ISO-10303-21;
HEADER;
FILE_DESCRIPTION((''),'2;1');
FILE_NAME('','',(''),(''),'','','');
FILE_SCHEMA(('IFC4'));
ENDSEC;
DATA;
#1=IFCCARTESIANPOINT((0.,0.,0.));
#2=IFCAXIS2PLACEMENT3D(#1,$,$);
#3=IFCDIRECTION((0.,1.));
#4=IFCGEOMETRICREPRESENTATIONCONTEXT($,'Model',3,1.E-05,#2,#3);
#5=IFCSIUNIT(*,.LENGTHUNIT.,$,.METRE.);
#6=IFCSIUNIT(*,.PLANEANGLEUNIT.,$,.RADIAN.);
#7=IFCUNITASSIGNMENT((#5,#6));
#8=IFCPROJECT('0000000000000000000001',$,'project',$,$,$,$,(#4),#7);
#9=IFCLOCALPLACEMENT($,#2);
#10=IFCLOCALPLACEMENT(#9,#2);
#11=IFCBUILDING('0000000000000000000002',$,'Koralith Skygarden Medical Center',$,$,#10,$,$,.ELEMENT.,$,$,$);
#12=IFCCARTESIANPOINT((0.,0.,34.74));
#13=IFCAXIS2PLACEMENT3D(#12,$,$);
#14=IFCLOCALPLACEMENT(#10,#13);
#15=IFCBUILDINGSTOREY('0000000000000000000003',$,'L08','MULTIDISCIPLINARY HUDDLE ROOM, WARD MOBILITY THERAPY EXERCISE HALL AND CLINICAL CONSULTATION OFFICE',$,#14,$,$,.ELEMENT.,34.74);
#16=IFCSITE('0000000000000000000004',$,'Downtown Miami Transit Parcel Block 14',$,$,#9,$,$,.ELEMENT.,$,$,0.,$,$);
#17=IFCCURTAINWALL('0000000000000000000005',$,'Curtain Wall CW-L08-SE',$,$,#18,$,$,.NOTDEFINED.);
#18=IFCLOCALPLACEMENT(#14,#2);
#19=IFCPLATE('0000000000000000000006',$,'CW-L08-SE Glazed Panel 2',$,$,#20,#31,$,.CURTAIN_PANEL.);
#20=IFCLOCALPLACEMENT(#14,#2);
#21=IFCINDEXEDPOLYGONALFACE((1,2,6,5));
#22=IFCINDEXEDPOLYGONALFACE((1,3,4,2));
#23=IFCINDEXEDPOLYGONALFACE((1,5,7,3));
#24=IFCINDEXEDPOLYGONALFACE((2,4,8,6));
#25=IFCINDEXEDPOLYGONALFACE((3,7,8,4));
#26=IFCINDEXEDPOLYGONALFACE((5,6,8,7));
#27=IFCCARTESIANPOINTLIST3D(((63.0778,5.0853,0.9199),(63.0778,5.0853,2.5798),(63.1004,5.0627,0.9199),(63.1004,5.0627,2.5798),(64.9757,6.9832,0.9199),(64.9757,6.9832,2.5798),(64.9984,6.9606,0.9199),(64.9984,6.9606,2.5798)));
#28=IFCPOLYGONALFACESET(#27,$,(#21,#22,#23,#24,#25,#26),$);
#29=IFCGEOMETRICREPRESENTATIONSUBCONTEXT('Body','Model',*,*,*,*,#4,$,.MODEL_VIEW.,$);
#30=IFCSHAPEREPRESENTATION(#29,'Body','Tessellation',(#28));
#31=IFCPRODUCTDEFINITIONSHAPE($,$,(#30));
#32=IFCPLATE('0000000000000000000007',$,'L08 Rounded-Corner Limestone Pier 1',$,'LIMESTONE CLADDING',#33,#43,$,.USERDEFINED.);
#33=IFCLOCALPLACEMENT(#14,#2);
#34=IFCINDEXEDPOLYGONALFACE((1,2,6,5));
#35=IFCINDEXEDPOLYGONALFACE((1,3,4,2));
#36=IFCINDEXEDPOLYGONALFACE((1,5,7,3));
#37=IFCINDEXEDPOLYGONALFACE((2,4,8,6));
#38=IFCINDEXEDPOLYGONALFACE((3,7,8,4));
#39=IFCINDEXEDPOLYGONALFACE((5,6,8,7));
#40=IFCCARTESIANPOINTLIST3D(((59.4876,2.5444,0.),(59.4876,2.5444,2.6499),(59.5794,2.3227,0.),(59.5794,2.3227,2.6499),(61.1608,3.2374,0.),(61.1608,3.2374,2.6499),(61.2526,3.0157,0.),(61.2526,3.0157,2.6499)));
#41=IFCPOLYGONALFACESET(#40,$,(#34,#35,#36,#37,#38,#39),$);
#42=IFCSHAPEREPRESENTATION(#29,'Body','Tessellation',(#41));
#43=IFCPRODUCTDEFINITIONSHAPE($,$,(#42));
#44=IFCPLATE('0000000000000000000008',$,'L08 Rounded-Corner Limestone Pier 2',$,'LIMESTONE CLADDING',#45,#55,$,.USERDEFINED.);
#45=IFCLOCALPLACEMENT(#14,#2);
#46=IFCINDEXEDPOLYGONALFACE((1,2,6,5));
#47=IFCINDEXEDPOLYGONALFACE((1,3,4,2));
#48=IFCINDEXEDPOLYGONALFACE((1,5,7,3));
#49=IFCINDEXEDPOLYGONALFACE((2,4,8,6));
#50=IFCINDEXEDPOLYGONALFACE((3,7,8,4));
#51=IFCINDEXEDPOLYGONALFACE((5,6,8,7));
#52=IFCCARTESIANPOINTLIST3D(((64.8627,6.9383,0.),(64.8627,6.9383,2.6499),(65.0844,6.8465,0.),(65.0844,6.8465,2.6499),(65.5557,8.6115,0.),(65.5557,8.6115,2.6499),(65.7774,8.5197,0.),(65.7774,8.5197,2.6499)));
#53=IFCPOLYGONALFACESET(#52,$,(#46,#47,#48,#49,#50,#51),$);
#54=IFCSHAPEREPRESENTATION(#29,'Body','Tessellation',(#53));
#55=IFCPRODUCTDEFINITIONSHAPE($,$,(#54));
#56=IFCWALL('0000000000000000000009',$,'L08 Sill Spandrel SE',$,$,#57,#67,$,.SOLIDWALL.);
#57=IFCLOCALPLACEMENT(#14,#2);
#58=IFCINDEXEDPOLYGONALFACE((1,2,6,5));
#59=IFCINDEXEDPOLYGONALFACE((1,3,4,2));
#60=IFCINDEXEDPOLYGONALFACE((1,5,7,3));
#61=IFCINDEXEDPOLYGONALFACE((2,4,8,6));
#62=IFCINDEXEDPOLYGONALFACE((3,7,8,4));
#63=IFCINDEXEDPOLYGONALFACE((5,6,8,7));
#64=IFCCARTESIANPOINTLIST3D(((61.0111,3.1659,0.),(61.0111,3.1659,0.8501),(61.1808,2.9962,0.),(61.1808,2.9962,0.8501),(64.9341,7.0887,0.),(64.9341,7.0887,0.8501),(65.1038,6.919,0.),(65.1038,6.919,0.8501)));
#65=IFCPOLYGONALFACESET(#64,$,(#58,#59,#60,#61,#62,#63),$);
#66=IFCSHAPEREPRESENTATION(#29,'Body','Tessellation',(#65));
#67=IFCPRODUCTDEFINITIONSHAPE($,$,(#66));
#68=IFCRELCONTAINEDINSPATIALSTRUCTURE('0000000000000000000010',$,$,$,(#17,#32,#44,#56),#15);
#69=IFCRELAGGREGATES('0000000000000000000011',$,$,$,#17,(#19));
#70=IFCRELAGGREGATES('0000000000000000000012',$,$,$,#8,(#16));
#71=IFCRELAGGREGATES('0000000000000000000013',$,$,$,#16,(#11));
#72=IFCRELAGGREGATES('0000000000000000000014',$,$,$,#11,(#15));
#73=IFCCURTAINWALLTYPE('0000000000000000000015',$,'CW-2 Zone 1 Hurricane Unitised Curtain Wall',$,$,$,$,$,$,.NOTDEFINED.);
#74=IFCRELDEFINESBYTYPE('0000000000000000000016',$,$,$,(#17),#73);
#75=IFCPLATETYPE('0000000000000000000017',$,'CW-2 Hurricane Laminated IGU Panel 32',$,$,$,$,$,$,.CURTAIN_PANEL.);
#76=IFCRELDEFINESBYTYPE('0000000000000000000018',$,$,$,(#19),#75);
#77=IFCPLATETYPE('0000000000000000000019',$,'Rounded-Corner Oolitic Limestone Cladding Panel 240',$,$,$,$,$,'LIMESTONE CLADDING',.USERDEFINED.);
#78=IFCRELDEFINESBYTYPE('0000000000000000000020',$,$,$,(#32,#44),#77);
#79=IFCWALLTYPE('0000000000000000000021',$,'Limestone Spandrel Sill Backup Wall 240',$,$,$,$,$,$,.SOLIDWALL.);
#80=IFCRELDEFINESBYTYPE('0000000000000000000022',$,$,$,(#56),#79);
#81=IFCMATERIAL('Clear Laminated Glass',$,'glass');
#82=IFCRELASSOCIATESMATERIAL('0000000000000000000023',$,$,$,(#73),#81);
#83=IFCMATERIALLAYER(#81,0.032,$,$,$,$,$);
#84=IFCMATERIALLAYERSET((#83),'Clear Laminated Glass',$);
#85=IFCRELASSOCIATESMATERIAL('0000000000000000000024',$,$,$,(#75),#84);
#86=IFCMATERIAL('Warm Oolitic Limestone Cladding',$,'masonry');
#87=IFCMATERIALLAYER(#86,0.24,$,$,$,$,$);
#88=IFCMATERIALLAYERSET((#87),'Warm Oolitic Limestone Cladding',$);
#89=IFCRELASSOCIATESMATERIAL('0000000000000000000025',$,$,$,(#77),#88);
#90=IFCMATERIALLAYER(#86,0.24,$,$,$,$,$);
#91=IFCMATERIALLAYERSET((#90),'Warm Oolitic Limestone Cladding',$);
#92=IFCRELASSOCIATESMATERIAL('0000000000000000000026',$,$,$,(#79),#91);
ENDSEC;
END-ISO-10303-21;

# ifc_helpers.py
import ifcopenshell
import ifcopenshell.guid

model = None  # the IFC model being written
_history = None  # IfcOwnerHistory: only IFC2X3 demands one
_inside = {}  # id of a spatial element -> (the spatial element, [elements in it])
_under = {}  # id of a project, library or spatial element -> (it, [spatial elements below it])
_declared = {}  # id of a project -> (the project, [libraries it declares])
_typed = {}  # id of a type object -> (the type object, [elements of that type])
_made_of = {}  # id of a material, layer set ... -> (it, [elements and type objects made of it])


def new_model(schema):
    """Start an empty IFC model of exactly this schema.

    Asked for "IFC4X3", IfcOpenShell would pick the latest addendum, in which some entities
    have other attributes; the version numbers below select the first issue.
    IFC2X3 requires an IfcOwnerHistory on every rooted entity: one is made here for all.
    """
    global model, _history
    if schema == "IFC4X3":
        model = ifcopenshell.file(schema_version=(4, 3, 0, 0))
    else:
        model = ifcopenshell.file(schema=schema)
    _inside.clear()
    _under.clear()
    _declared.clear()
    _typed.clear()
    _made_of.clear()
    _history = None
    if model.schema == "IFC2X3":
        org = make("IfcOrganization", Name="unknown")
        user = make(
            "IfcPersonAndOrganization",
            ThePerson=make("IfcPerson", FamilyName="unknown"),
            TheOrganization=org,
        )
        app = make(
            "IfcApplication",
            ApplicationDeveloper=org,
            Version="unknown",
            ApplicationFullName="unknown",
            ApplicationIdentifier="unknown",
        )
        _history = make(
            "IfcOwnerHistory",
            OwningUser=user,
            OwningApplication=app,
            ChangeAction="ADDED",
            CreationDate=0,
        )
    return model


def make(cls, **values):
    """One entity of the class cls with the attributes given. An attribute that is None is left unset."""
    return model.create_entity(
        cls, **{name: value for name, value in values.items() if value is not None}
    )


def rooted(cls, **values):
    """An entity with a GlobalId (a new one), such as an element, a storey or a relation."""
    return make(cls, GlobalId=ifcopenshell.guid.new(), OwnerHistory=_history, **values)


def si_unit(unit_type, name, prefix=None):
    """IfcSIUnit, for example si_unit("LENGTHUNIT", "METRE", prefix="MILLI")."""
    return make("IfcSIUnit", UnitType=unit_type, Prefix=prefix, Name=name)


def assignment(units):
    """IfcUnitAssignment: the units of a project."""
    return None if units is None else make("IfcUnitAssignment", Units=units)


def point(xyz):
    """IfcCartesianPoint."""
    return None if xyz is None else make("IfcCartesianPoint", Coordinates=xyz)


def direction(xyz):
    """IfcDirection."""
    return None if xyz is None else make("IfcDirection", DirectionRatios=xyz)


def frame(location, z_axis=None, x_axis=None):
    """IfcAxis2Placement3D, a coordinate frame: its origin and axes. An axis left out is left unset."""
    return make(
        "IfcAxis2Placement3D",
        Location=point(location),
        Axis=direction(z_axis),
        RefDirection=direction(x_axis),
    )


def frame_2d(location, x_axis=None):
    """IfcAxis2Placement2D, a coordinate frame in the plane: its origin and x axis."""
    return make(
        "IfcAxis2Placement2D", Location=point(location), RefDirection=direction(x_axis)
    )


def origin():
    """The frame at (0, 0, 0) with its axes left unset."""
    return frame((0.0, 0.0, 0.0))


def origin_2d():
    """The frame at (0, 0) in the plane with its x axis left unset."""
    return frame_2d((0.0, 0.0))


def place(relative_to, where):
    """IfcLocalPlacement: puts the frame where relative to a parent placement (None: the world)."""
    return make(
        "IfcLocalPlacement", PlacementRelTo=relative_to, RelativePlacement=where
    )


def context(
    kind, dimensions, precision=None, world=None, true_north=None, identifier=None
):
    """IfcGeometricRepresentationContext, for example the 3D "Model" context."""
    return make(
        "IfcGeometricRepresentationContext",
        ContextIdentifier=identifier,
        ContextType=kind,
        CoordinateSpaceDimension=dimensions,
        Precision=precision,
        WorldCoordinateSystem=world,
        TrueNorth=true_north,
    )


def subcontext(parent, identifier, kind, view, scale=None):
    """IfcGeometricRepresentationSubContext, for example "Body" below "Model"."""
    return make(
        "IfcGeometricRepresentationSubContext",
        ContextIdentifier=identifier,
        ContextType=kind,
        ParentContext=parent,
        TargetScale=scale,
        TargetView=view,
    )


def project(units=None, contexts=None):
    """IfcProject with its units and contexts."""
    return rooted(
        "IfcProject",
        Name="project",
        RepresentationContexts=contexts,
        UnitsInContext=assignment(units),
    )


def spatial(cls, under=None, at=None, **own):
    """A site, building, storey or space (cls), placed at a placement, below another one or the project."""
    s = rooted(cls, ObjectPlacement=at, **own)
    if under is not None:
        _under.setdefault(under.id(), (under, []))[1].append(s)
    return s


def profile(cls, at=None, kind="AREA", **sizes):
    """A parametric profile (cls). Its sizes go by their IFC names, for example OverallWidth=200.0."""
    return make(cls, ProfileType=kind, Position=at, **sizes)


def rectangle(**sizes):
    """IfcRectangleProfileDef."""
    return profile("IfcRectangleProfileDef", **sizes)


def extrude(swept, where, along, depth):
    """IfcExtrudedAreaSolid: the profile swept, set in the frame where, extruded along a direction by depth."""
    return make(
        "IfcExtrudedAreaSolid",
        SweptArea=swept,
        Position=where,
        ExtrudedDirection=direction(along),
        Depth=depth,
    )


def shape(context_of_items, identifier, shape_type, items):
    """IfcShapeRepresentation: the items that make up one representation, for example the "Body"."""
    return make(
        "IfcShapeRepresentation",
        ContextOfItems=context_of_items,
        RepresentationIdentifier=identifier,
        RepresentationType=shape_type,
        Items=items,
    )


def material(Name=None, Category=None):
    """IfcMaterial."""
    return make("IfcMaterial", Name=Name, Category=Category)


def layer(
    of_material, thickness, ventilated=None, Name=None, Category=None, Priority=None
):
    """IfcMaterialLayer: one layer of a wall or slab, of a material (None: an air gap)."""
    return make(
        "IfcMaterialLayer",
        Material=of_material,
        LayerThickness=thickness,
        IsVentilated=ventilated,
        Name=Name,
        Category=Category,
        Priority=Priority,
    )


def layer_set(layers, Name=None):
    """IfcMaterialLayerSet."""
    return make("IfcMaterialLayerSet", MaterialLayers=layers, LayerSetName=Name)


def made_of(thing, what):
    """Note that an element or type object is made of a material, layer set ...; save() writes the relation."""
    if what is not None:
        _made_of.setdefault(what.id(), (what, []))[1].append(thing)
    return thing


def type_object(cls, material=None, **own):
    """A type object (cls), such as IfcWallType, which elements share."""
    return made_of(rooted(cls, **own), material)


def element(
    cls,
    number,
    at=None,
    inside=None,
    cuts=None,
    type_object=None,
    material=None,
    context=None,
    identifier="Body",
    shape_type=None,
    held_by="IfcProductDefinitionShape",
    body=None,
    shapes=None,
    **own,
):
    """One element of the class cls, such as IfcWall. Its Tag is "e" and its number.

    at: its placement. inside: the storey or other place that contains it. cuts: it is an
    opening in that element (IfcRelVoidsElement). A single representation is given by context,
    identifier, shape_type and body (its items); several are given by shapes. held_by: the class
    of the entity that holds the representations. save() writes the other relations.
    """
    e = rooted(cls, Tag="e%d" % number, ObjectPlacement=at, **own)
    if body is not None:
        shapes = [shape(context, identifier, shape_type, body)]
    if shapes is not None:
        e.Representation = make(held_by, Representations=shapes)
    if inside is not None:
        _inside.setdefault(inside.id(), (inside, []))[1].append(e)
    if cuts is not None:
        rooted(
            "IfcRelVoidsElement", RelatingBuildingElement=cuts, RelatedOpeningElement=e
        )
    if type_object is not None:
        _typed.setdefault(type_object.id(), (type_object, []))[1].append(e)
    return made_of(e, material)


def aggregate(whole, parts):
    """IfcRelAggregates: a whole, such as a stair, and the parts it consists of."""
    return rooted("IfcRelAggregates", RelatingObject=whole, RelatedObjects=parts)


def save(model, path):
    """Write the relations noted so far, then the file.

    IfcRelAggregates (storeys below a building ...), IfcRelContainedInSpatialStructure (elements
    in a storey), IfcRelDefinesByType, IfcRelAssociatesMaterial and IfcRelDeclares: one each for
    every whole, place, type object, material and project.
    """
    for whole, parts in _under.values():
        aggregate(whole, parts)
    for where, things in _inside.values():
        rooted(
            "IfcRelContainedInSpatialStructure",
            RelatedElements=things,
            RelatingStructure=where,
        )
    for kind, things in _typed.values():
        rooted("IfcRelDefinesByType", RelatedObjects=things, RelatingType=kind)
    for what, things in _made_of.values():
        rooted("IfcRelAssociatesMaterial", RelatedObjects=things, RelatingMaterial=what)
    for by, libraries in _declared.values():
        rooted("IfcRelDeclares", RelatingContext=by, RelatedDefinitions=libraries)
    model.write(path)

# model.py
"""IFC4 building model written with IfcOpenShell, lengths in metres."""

from ifc_helpers import new_model, si_unit, direction, frame, frame_2d, origin, origin_2d, place, context, subcontext, project, spatial, rectangle, extrude, material, layer, layer_set, type_object, element, aggregate, save


model = new_model("IFC4")

# Units and contexts
model_context = context("Model", 3, precision=1e-05, world=origin(), true_north=direction((0.0, 1.0)))
body_context = subcontext(model_context, "Body", "Model", "MODEL_VIEW")
ifc_project = project(units=[si_unit("LENGTHUNIT", "METRE"), si_unit("PLANEANGLEUNIT", "RADIAN")], contexts=[model_context])

# Site, building, storey
site_placement = place(None, origin())
site = spatial("IfcSite", under=ifc_project, at=site_placement, Name="Downtown Miami Transit Parcel Block 14", CompositionType="ELEMENT", RefElevation=0.0)
building_placement = place(site_placement, origin())
building = spatial("IfcBuilding", under=site, at=building_placement, Name="Koralith Skygarden Medical Center", CompositionType="ELEMENT")
storey_placement = place(building_placement, frame((0.0, 0.0, 34.74)))
storey = spatial("IfcBuildingStorey", under=building, at=storey_placement, Name="L08", Description="MULTIDISCIPLINARY HUDDLE ROOM, WARD MOBILITY THERAPY EXERCISE HALL AND CLINICAL CONSULTATION OFFICE", CompositionType="ELEMENT", Elevation=34.74)

# Curtain wall
ifc_material_1 = material(Name="Clear Laminated Glass", Category="glass")
curtain_wall_type = type_object("IfcCurtainWallType", Name="CW-2 Zone 1 Hurricane Unitised Curtain Wall", PredefinedType="NOTDEFINED", material=ifc_material_1)
curtain_wall_1_placement = place(storey_placement, origin())
curtain_wall_1 = element("IfcCurtainWall", 1, at=curtain_wall_1_placement, inside=storey, type_object=curtain_wall_type, Name="Curtain Wall CW-L08-SE", PredefinedType="NOTDEFINED")

# Plate
ifc_layer_1 = layer(ifc_material_1, 0.032)
ifc_layer_set_1 = layer_set([ifc_layer_1], Name="Clear Laminated Glass")
plate_type_1 = type_object("IfcPlateType", Name="CW-2 Hurricane Laminated IGU Panel 32", PredefinedType="CURTAIN_PANEL", material=ifc_layer_set_1)
plate_1_placement = place(storey_placement, frame((64.0381, 6.0229, 0.9199), z_axis=(0.0, 0.0, 1.0), x_axis=(0.707107, 0.707107, 0.0)))
plate_1 = element("IfcPlate", 2, at=plate_1_placement, type_object=plate_type_1, Name="CW-L08-SE Glazed Panel 2", PredefinedType="CURTAIN_PANEL", context=body_context, shape_type="SweptSolid", body=[
    extrude(rectangle(XDim=2.6841, YDim=0.032, at=origin_2d()), origin(), (0.0, 0.0, 1.0), 1.6599),
])
aggregate(curtain_wall_1, [plate_1])

# Plates
ifc_material_2 = material(Name="Warm Oolitic Limestone Cladding", Category="masonry")
ifc_layer_2 = layer(ifc_material_2, 0.24)
ifc_layer_set_2 = layer_set([ifc_layer_2], Name="Warm Oolitic Limestone Cladding")
plate_type_2 = type_object("IfcPlateType", Name="Rounded-Corner Oolitic Limestone Cladding Panel 240", ElementType="LIMESTONE CLADDING", PredefinedType="USERDEFINED", material=ifc_layer_set_2)
for number, where, z_axis, x_axis, name in (
    (3, (60.3701, 2.78, 0.0), (0.0, 0.0, 1.0), (0.923885, 0.382671, 0.0), "L08 Rounded-Corner Limestone Pier 1"),
    (4, (65.3201, 7.729, 0.0), (0.0, 0.0, 1.0), (0.382671, 0.923885, 0.0), "L08 Rounded-Corner Limestone Pier 2"),
):
    element("IfcPlate", number, at=place(storey_placement, frame(where, z_axis=z_axis, x_axis=x_axis)), inside=storey, type_object=plate_type_2, Name=name, ObjectType="LIMESTONE CLADDING", PredefinedType="USERDEFINED", context=body_context, shape_type="SweptSolid", body=[
        extrude(rectangle(XDim=1.811, YDim=0.24, at=origin_2d()), origin(), (0.0, 0.0, 1.0), 2.6499),
    ])

# Wall
ifc_layer_3 = layer(ifc_material_2, 0.24)
ifc_layer_set_3 = layer_set([ifc_layer_3], Name="Warm Oolitic Limestone Cladding")
wall_type = type_object("IfcWallType", Name="Limestone Spandrel Sill Backup Wall 240", PredefinedType="SOLIDWALL", material=ifc_layer_set_3)
wall_placement = place(storey_placement, frame((61.0959, 3.0811, 0.0), z_axis=(0.0, 0.0, 1.0), x_axis=(0.707129, 0.707085, 0.0)))
element("IfcWall", 5, at=wall_placement, inside=storey, type_object=wall_type, Name="L08 Sill Spandrel SE", PredefinedType="SOLIDWALL", context=body_context, shape_type="SweptSolid", body=[
    extrude(rectangle(XDim=5.5479, YDim=0.24, at=frame_2d((2.7739, 0.0))), origin(), (0.0, 0.0, 1.0), 0.8501),
])

save(model, "model.ifc")
